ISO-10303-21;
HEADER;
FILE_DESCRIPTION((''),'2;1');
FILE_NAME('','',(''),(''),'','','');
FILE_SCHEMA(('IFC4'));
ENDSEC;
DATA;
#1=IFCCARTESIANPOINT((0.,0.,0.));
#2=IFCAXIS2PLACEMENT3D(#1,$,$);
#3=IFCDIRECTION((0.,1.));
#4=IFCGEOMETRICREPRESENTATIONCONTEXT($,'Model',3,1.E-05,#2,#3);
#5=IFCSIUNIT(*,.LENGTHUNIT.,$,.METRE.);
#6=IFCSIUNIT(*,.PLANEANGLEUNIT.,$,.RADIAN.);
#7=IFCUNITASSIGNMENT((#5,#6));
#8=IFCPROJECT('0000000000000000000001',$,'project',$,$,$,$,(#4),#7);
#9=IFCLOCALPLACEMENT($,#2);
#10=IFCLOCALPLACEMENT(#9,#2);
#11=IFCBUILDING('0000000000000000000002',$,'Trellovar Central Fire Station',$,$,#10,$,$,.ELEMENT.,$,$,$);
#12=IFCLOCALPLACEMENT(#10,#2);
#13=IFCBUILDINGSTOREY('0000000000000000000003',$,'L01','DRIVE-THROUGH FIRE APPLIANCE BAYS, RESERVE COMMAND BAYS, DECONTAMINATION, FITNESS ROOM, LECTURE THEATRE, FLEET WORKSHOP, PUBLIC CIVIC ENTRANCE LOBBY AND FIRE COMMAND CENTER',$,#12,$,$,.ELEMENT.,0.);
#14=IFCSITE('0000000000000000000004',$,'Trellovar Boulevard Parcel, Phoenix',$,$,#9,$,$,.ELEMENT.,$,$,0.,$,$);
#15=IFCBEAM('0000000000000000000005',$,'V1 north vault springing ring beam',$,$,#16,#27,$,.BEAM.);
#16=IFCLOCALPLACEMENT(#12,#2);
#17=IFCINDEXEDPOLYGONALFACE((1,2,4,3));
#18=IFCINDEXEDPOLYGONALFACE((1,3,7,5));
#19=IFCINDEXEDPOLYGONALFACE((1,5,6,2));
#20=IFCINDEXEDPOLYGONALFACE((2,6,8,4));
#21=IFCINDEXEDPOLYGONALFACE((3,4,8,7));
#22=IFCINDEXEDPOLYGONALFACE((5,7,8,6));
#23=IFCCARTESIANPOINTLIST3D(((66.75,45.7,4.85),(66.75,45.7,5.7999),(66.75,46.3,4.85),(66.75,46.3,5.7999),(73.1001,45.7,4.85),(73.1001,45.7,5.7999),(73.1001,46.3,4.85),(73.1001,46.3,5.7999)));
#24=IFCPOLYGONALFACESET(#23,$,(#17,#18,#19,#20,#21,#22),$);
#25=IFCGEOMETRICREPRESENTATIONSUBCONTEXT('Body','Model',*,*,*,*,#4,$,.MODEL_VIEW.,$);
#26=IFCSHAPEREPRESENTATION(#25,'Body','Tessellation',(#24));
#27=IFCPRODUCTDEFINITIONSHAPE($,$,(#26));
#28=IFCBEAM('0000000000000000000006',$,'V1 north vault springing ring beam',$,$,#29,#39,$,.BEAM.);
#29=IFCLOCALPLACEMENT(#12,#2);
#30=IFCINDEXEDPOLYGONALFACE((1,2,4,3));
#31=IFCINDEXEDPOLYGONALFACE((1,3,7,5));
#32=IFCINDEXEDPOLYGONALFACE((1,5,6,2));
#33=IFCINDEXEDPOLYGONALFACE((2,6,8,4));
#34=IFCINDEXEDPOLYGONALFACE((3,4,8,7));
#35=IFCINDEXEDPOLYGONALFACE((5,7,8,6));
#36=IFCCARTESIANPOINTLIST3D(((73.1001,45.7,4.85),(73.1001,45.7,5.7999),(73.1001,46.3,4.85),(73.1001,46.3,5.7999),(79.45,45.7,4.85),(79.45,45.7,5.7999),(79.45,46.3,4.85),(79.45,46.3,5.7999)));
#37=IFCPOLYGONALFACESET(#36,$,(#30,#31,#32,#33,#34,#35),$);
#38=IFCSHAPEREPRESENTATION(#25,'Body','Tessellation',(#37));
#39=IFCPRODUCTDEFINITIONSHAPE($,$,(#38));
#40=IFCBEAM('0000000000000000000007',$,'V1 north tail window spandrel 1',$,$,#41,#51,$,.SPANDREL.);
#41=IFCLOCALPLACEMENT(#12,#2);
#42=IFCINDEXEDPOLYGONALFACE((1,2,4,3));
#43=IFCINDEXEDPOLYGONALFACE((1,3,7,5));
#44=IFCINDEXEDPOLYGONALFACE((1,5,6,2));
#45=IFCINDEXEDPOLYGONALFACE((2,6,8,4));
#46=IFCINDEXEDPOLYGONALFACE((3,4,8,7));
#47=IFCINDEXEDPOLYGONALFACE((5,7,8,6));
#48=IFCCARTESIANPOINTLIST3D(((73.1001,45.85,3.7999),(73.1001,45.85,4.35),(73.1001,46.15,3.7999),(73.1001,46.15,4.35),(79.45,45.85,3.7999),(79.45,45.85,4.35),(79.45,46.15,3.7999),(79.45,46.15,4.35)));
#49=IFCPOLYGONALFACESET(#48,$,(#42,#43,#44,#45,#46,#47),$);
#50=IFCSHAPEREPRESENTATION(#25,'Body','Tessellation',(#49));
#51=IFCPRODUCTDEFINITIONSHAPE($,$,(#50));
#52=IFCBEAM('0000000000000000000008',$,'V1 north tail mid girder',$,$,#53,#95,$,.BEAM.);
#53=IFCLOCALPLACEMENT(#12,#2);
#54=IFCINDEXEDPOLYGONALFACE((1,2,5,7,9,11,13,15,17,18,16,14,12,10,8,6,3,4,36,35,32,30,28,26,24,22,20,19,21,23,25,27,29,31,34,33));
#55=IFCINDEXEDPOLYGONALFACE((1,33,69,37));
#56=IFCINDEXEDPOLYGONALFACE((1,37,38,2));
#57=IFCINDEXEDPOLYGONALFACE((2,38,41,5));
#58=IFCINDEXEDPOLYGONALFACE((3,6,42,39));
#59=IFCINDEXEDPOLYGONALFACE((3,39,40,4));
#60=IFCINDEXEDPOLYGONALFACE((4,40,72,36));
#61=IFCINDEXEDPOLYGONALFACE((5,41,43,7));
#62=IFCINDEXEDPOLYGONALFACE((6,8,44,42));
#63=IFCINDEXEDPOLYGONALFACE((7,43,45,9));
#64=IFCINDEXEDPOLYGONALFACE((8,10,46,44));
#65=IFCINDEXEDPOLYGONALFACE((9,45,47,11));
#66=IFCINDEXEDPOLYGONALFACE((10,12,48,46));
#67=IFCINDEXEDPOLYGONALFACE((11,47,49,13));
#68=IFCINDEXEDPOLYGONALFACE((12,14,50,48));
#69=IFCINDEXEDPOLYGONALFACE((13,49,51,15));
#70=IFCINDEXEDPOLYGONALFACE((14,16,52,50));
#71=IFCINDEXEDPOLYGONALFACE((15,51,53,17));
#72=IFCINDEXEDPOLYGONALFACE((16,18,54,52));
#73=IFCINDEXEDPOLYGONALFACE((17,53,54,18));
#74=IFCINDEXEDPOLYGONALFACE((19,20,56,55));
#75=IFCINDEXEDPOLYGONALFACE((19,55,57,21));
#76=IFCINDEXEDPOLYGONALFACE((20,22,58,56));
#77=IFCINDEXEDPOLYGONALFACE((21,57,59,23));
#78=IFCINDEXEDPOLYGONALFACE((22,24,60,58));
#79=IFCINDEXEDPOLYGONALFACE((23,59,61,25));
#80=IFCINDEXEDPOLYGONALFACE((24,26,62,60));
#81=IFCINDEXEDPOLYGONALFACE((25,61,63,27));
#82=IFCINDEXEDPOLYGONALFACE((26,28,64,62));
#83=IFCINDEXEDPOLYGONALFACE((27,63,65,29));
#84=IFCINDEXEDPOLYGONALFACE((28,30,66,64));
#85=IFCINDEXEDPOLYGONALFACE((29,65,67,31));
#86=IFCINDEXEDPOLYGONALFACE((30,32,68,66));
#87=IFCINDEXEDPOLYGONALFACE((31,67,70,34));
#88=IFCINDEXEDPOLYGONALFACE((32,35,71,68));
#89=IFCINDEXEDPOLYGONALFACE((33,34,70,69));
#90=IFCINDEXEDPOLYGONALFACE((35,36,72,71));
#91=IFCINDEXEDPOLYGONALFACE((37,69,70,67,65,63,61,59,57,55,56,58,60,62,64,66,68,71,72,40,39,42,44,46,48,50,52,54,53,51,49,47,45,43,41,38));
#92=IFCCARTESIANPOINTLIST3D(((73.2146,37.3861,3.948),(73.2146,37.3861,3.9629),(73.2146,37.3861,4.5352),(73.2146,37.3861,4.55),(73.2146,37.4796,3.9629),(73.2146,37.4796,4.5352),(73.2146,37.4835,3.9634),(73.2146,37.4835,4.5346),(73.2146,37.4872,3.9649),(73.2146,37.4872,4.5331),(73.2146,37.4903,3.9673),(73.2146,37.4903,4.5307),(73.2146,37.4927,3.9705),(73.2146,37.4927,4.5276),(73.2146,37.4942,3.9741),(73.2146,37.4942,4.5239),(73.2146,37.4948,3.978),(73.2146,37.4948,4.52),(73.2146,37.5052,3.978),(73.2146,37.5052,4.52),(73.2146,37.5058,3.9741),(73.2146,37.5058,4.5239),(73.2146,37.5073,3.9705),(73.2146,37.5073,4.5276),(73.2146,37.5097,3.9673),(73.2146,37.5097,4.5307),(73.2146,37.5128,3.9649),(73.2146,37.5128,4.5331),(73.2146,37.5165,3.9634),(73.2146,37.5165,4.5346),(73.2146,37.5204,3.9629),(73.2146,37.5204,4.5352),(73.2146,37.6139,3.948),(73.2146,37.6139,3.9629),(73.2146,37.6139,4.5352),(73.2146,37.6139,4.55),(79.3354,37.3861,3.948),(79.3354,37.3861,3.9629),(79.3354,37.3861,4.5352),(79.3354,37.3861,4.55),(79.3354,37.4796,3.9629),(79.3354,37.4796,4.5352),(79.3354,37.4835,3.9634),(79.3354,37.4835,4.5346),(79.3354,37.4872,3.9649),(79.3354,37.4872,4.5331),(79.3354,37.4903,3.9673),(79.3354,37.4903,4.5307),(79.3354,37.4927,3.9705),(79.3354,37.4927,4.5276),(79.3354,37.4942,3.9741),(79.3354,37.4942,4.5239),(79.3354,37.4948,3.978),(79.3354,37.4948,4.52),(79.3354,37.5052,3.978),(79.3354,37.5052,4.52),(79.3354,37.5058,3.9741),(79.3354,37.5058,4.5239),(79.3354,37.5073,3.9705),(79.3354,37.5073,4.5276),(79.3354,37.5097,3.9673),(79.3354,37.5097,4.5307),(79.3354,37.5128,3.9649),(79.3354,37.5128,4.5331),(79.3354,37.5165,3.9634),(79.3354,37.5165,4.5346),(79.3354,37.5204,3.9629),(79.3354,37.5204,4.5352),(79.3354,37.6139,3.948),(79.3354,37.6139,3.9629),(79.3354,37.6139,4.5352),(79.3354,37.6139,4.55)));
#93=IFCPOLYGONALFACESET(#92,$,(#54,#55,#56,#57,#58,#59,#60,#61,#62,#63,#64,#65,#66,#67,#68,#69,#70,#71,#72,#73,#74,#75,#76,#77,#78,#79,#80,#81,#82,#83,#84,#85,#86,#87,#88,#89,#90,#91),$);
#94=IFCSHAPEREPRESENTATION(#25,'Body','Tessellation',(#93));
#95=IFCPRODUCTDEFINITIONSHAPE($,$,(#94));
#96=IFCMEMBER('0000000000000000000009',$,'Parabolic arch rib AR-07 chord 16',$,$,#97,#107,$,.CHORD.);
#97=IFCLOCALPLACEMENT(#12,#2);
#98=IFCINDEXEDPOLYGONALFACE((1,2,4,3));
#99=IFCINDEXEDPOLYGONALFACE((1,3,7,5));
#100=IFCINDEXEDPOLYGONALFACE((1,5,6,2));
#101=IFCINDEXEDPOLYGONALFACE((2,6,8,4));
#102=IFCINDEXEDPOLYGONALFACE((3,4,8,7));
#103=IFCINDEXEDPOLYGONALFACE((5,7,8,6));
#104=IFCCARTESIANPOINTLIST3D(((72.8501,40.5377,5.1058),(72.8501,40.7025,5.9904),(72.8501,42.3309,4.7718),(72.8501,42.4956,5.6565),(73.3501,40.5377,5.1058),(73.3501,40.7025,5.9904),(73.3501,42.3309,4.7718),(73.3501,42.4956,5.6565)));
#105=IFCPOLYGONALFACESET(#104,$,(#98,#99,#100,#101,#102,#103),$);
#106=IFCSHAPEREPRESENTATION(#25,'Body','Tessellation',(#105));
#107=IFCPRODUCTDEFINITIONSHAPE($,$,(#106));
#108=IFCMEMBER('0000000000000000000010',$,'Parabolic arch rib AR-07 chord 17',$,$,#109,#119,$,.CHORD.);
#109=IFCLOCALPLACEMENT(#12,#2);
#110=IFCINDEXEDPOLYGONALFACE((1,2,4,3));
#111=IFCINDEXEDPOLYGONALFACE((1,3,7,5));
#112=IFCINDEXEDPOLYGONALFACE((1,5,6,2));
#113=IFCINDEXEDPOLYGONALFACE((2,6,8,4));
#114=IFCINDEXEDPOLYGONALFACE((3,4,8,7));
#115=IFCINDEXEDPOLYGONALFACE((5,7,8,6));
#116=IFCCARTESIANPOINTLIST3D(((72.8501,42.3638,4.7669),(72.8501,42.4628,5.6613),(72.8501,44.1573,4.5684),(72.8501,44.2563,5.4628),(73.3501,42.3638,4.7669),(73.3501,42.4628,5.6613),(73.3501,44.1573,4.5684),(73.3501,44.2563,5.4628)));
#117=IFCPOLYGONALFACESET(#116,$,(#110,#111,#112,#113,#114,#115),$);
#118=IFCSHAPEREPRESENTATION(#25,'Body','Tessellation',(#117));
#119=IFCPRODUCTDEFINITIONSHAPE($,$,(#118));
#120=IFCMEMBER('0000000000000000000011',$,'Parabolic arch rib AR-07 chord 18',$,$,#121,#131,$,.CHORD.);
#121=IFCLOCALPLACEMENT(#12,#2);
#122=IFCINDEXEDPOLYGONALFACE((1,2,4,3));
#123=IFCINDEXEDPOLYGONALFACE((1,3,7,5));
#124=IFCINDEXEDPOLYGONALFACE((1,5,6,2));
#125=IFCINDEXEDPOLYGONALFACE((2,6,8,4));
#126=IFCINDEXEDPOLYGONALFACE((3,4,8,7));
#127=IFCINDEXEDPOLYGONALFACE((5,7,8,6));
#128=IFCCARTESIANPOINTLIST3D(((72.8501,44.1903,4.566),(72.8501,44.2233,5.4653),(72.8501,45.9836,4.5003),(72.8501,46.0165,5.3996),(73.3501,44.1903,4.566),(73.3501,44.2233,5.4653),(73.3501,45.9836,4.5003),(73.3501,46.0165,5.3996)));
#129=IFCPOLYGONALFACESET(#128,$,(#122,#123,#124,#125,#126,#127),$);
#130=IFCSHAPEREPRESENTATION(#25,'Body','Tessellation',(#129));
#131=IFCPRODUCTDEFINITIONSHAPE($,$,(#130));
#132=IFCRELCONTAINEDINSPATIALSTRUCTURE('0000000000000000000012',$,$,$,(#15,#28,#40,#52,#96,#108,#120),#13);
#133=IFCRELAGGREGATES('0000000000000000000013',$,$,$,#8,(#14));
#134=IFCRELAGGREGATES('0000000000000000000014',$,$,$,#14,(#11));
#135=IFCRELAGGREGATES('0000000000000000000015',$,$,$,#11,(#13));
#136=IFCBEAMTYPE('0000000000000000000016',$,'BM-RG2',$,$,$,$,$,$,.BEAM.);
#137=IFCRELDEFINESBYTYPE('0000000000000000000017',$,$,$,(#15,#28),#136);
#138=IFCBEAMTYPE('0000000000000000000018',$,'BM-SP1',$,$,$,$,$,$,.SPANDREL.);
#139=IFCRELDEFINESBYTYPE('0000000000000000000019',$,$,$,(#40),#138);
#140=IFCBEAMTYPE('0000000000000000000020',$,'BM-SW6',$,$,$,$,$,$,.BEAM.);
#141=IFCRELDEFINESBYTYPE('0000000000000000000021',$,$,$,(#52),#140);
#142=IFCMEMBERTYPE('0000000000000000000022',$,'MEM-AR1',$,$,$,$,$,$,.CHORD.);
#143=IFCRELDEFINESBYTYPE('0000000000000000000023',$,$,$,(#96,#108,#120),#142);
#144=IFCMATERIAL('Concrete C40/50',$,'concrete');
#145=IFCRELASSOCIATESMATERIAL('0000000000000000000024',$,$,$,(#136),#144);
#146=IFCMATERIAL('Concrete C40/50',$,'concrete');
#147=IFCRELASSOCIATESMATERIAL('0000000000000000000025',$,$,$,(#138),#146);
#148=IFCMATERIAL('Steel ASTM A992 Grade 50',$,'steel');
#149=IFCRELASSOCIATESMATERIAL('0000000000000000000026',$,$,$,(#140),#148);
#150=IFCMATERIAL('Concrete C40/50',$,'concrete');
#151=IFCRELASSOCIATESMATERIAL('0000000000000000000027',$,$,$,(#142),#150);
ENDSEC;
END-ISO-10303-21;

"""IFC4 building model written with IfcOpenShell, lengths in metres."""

from ifc_helpers import new_model, si_unit, direction, frame, origin, origin_2d, place, context, subcontext, project, spatial, rectangle, i_section, extrude, material, material_profile, profile_set, type_object, element, save


model = new_model("IFC4")

# Units and contexts
model_context = context("Model", 3, precision=1e-05, world=origin(), true_north=direction((0.0, 1.0)))
body_context = subcontext(model_context, "Body", "Model", "MODEL_VIEW")
ifc_project = project(units=[si_unit("LENGTHUNIT", "METRE"), si_unit("PLANEANGLEUNIT", "RADIAN")], contexts=[model_context])

# Site, building, storey
site_placement = place(None, origin())
site = spatial("IfcSite", under=ifc_project, at=site_placement, Name="Trellovar Boulevard Parcel, Phoenix", CompositionType="ELEMENT", RefElevation=0.0)
building_placement = place(site_placement, origin())
building = spatial("IfcBuilding", under=site, at=building_placement, Name="Trellovar Central Fire Station", CompositionType="ELEMENT")
storey_placement = place(building_placement, origin())
storey = spatial("IfcBuildingStorey", under=building, at=storey_placement, Name="L01", Description="DRIVE-THROUGH FIRE APPLIANCE BAYS, RESERVE COMMAND BAYS, DECONTAMINATION, FITNESS ROOM, LECTURE THEATRE, FLEET WORKSHOP, PUBLIC CIVIC ENTRANCE LOBBY AND FIRE COMMAND CENTER", CompositionType="ELEMENT", Elevation=0.0)

# Beams
ifc_material_1 = material(Name="Concrete C40/50", Category="concrete")
ifc_material_profile_1 = material_profile(ifc_material_1, rectangle(XDim=0.6001, YDim=0.95, at=origin_2d()), Name="RC600X950")
ifc_profile_set_1 = profile_set([ifc_material_profile_1], Name="Concrete C40/50")
beam_type_1 = type_object("IfcBeamType", Name="BM-RG2", PredefinedType="BEAM", material=ifc_profile_set_1)
beam_1_placement = place(storey_placement, frame((66.75, 46.0, 5.325), z_axis=(1.0, 0.0, 0.0), x_axis=(0.0, 1.0, 0.0)))
element("IfcBeam", 1, at=beam_1_placement, inside=storey, type_object=beam_type_1, Name="V1 north vault springing ring beam", PredefinedType="BEAM", context=body_context, shape_type="SweptSolid", body=[
    extrude(rectangle(XDim=0.6001, YDim=0.95, at=origin_2d()), origin(), (0.0, 0.0, 1.0), 6.3501),
])
beam_2_placement = place(storey_placement, frame((73.1001, 46.0, 5.325), z_axis=(1.0, 0.0, 0.0), x_axis=(0.0, 1.0, 0.0)))
element("IfcBeam", 2, at=beam_2_placement, inside=storey, type_object=beam_type_1, Name="V1 north vault springing ring beam", PredefinedType="BEAM", context=body_context, shape_type="SweptSolid", body=[
    extrude(rectangle(XDim=0.6001, YDim=0.95, at=origin_2d()), origin(), (0.0, 0.0, 1.0), 6.3499),
])
ifc_material_2 = material(Name="Concrete C40/50", Category="concrete")
ifc_material_profile_2 = material_profile(ifc_material_2, rectangle(XDim=0.3, YDim=0.55, at=origin_2d()), Name="RC300X550")
ifc_profile_set_2 = profile_set([ifc_material_profile_2], Name="Concrete C40/50")
beam_type_2 = type_object("IfcBeamType", Name="BM-SP1", PredefinedType="SPANDREL", material=ifc_profile_set_2)
beam_3_placement = place(storey_placement, frame((73.1001, 46.0, 4.075), z_axis=(1.0, 0.0, 0.0), x_axis=(0.0, 1.0, 0.0)))
element("IfcBeam", 3, at=beam_3_placement, inside=storey, type_object=beam_type_2, Name="V1 north tail window spandrel 1", PredefinedType="SPANDREL", context=body_context, shape_type="SweptSolid", body=[
    extrude(rectangle(XDim=0.3, YDim=0.55, at=origin_2d()), origin(), (0.0, 0.0, 1.0), 6.3499),
])
ifc_material_3 = material(Name="Steel ASTM A992 Grade 50", Category="steel")
ifc_material_profile_3 = material_profile(ifc_material_3, i_section(OverallWidth=0.2278, OverallDepth=0.6021, WebThickness=0.0105, FlangeThickness=0.0149, FilletRadius=0.0151, at=origin_2d()), Name="W24X68")
ifc_profile_set_3 = profile_set([ifc_material_profile_3], Name="Steel ASTM A992 Grade 50")
beam_type_3 = type_object("IfcBeamType", Name="BM-SW6", PredefinedType="BEAM", material=ifc_profile_set_3)
beam_4_placement = place(storey_placement, frame((73.2146, 37.5, 4.249), z_axis=(1.0, 0.0, 0.0), x_axis=(0.0, 1.0, 0.0)))
element("IfcBeam", 4, at=beam_4_placement, inside=storey, type_object=beam_type_3, Name="V1 north tail mid girder", PredefinedType="BEAM", context=body_context, shape_type="SweptSolid", body=[
    extrude(i_section(OverallWidth=0.2278, OverallDepth=0.6021, WebThickness=0.0105, FlangeThickness=0.0149, FilletRadius=0.0151, at=origin_2d()), origin(), (0.0, 0.0, 1.0), 6.1208),
])

# Members
ifc_material_4 = material(Name="Concrete C40/50", Category="concrete")
ifc_material_profile_4 = material_profile(ifc_material_4, rectangle(XDim=0.5, YDim=0.8999, at=origin_2d()), Name="RC500X900")
ifc_profile_set_4 = profile_set([ifc_material_profile_4], Name="Concrete C40/50")
member_type_1 = type_object("IfcMemberType", Name="MEM-AR1", PredefinedType="CHORD", material=ifc_profile_set_4)
member_1_placement = place(storey_placement, frame((73.1001, 40.6201, 5.5481), z_axis=(0.0, 0.983094, -0.1831), x_axis=(-1.0, 0.0, 0.0)))
element("IfcMember", 5, at=member_1_placement, inside=storey, type_object=member_type_1, Name="Parabolic arch rib AR-07 chord 16", PredefinedType="CHORD", context=body_context, shape_type="SweptSolid", body=[
    extrude(rectangle(XDim=0.5, YDim=0.8999, at=origin_2d()), origin(), (0.0, 0.0, 1.0), 1.824),
])
member_2_placement = place(storey_placement, frame((73.1001, 42.4133, 5.2141), z_axis=(0.0, 0.993931, -0.110001), x_axis=(-1.0, 0.0, 0.0)))
element("IfcMember", 6, at=member_2_placement, inside=storey, type_object=member_type_1, Name="Parabolic arch rib AR-07 chord 17", PredefinedType="CHORD", context=body_context, shape_type="SweptSolid", body=[
    extrude(rectangle(XDim=0.5, YDim=0.8999, at=origin_2d()), origin(), (0.0, 0.0, 1.0), 1.8044),
])
member_3_placement = place(storey_placement, frame((73.1001, 44.2068, 5.0156), z_axis=(0.0, 0.99933, -0.036599), x_axis=(-1.0, 0.0, 0.0)))
element("IfcMember", 7, at=member_3_placement, inside=storey, type_object=member_type_1, Name="Parabolic arch rib AR-07 chord 18", PredefinedType="CHORD", context=body_context, shape_type="SweptSolid", body=[
    extrude(rectangle(XDim=0.5, YDim=0.8999, at=origin_2d()), origin(), (0.0, 0.0, 1.0), 1.7944),
])

save(model, "model.ifc")
